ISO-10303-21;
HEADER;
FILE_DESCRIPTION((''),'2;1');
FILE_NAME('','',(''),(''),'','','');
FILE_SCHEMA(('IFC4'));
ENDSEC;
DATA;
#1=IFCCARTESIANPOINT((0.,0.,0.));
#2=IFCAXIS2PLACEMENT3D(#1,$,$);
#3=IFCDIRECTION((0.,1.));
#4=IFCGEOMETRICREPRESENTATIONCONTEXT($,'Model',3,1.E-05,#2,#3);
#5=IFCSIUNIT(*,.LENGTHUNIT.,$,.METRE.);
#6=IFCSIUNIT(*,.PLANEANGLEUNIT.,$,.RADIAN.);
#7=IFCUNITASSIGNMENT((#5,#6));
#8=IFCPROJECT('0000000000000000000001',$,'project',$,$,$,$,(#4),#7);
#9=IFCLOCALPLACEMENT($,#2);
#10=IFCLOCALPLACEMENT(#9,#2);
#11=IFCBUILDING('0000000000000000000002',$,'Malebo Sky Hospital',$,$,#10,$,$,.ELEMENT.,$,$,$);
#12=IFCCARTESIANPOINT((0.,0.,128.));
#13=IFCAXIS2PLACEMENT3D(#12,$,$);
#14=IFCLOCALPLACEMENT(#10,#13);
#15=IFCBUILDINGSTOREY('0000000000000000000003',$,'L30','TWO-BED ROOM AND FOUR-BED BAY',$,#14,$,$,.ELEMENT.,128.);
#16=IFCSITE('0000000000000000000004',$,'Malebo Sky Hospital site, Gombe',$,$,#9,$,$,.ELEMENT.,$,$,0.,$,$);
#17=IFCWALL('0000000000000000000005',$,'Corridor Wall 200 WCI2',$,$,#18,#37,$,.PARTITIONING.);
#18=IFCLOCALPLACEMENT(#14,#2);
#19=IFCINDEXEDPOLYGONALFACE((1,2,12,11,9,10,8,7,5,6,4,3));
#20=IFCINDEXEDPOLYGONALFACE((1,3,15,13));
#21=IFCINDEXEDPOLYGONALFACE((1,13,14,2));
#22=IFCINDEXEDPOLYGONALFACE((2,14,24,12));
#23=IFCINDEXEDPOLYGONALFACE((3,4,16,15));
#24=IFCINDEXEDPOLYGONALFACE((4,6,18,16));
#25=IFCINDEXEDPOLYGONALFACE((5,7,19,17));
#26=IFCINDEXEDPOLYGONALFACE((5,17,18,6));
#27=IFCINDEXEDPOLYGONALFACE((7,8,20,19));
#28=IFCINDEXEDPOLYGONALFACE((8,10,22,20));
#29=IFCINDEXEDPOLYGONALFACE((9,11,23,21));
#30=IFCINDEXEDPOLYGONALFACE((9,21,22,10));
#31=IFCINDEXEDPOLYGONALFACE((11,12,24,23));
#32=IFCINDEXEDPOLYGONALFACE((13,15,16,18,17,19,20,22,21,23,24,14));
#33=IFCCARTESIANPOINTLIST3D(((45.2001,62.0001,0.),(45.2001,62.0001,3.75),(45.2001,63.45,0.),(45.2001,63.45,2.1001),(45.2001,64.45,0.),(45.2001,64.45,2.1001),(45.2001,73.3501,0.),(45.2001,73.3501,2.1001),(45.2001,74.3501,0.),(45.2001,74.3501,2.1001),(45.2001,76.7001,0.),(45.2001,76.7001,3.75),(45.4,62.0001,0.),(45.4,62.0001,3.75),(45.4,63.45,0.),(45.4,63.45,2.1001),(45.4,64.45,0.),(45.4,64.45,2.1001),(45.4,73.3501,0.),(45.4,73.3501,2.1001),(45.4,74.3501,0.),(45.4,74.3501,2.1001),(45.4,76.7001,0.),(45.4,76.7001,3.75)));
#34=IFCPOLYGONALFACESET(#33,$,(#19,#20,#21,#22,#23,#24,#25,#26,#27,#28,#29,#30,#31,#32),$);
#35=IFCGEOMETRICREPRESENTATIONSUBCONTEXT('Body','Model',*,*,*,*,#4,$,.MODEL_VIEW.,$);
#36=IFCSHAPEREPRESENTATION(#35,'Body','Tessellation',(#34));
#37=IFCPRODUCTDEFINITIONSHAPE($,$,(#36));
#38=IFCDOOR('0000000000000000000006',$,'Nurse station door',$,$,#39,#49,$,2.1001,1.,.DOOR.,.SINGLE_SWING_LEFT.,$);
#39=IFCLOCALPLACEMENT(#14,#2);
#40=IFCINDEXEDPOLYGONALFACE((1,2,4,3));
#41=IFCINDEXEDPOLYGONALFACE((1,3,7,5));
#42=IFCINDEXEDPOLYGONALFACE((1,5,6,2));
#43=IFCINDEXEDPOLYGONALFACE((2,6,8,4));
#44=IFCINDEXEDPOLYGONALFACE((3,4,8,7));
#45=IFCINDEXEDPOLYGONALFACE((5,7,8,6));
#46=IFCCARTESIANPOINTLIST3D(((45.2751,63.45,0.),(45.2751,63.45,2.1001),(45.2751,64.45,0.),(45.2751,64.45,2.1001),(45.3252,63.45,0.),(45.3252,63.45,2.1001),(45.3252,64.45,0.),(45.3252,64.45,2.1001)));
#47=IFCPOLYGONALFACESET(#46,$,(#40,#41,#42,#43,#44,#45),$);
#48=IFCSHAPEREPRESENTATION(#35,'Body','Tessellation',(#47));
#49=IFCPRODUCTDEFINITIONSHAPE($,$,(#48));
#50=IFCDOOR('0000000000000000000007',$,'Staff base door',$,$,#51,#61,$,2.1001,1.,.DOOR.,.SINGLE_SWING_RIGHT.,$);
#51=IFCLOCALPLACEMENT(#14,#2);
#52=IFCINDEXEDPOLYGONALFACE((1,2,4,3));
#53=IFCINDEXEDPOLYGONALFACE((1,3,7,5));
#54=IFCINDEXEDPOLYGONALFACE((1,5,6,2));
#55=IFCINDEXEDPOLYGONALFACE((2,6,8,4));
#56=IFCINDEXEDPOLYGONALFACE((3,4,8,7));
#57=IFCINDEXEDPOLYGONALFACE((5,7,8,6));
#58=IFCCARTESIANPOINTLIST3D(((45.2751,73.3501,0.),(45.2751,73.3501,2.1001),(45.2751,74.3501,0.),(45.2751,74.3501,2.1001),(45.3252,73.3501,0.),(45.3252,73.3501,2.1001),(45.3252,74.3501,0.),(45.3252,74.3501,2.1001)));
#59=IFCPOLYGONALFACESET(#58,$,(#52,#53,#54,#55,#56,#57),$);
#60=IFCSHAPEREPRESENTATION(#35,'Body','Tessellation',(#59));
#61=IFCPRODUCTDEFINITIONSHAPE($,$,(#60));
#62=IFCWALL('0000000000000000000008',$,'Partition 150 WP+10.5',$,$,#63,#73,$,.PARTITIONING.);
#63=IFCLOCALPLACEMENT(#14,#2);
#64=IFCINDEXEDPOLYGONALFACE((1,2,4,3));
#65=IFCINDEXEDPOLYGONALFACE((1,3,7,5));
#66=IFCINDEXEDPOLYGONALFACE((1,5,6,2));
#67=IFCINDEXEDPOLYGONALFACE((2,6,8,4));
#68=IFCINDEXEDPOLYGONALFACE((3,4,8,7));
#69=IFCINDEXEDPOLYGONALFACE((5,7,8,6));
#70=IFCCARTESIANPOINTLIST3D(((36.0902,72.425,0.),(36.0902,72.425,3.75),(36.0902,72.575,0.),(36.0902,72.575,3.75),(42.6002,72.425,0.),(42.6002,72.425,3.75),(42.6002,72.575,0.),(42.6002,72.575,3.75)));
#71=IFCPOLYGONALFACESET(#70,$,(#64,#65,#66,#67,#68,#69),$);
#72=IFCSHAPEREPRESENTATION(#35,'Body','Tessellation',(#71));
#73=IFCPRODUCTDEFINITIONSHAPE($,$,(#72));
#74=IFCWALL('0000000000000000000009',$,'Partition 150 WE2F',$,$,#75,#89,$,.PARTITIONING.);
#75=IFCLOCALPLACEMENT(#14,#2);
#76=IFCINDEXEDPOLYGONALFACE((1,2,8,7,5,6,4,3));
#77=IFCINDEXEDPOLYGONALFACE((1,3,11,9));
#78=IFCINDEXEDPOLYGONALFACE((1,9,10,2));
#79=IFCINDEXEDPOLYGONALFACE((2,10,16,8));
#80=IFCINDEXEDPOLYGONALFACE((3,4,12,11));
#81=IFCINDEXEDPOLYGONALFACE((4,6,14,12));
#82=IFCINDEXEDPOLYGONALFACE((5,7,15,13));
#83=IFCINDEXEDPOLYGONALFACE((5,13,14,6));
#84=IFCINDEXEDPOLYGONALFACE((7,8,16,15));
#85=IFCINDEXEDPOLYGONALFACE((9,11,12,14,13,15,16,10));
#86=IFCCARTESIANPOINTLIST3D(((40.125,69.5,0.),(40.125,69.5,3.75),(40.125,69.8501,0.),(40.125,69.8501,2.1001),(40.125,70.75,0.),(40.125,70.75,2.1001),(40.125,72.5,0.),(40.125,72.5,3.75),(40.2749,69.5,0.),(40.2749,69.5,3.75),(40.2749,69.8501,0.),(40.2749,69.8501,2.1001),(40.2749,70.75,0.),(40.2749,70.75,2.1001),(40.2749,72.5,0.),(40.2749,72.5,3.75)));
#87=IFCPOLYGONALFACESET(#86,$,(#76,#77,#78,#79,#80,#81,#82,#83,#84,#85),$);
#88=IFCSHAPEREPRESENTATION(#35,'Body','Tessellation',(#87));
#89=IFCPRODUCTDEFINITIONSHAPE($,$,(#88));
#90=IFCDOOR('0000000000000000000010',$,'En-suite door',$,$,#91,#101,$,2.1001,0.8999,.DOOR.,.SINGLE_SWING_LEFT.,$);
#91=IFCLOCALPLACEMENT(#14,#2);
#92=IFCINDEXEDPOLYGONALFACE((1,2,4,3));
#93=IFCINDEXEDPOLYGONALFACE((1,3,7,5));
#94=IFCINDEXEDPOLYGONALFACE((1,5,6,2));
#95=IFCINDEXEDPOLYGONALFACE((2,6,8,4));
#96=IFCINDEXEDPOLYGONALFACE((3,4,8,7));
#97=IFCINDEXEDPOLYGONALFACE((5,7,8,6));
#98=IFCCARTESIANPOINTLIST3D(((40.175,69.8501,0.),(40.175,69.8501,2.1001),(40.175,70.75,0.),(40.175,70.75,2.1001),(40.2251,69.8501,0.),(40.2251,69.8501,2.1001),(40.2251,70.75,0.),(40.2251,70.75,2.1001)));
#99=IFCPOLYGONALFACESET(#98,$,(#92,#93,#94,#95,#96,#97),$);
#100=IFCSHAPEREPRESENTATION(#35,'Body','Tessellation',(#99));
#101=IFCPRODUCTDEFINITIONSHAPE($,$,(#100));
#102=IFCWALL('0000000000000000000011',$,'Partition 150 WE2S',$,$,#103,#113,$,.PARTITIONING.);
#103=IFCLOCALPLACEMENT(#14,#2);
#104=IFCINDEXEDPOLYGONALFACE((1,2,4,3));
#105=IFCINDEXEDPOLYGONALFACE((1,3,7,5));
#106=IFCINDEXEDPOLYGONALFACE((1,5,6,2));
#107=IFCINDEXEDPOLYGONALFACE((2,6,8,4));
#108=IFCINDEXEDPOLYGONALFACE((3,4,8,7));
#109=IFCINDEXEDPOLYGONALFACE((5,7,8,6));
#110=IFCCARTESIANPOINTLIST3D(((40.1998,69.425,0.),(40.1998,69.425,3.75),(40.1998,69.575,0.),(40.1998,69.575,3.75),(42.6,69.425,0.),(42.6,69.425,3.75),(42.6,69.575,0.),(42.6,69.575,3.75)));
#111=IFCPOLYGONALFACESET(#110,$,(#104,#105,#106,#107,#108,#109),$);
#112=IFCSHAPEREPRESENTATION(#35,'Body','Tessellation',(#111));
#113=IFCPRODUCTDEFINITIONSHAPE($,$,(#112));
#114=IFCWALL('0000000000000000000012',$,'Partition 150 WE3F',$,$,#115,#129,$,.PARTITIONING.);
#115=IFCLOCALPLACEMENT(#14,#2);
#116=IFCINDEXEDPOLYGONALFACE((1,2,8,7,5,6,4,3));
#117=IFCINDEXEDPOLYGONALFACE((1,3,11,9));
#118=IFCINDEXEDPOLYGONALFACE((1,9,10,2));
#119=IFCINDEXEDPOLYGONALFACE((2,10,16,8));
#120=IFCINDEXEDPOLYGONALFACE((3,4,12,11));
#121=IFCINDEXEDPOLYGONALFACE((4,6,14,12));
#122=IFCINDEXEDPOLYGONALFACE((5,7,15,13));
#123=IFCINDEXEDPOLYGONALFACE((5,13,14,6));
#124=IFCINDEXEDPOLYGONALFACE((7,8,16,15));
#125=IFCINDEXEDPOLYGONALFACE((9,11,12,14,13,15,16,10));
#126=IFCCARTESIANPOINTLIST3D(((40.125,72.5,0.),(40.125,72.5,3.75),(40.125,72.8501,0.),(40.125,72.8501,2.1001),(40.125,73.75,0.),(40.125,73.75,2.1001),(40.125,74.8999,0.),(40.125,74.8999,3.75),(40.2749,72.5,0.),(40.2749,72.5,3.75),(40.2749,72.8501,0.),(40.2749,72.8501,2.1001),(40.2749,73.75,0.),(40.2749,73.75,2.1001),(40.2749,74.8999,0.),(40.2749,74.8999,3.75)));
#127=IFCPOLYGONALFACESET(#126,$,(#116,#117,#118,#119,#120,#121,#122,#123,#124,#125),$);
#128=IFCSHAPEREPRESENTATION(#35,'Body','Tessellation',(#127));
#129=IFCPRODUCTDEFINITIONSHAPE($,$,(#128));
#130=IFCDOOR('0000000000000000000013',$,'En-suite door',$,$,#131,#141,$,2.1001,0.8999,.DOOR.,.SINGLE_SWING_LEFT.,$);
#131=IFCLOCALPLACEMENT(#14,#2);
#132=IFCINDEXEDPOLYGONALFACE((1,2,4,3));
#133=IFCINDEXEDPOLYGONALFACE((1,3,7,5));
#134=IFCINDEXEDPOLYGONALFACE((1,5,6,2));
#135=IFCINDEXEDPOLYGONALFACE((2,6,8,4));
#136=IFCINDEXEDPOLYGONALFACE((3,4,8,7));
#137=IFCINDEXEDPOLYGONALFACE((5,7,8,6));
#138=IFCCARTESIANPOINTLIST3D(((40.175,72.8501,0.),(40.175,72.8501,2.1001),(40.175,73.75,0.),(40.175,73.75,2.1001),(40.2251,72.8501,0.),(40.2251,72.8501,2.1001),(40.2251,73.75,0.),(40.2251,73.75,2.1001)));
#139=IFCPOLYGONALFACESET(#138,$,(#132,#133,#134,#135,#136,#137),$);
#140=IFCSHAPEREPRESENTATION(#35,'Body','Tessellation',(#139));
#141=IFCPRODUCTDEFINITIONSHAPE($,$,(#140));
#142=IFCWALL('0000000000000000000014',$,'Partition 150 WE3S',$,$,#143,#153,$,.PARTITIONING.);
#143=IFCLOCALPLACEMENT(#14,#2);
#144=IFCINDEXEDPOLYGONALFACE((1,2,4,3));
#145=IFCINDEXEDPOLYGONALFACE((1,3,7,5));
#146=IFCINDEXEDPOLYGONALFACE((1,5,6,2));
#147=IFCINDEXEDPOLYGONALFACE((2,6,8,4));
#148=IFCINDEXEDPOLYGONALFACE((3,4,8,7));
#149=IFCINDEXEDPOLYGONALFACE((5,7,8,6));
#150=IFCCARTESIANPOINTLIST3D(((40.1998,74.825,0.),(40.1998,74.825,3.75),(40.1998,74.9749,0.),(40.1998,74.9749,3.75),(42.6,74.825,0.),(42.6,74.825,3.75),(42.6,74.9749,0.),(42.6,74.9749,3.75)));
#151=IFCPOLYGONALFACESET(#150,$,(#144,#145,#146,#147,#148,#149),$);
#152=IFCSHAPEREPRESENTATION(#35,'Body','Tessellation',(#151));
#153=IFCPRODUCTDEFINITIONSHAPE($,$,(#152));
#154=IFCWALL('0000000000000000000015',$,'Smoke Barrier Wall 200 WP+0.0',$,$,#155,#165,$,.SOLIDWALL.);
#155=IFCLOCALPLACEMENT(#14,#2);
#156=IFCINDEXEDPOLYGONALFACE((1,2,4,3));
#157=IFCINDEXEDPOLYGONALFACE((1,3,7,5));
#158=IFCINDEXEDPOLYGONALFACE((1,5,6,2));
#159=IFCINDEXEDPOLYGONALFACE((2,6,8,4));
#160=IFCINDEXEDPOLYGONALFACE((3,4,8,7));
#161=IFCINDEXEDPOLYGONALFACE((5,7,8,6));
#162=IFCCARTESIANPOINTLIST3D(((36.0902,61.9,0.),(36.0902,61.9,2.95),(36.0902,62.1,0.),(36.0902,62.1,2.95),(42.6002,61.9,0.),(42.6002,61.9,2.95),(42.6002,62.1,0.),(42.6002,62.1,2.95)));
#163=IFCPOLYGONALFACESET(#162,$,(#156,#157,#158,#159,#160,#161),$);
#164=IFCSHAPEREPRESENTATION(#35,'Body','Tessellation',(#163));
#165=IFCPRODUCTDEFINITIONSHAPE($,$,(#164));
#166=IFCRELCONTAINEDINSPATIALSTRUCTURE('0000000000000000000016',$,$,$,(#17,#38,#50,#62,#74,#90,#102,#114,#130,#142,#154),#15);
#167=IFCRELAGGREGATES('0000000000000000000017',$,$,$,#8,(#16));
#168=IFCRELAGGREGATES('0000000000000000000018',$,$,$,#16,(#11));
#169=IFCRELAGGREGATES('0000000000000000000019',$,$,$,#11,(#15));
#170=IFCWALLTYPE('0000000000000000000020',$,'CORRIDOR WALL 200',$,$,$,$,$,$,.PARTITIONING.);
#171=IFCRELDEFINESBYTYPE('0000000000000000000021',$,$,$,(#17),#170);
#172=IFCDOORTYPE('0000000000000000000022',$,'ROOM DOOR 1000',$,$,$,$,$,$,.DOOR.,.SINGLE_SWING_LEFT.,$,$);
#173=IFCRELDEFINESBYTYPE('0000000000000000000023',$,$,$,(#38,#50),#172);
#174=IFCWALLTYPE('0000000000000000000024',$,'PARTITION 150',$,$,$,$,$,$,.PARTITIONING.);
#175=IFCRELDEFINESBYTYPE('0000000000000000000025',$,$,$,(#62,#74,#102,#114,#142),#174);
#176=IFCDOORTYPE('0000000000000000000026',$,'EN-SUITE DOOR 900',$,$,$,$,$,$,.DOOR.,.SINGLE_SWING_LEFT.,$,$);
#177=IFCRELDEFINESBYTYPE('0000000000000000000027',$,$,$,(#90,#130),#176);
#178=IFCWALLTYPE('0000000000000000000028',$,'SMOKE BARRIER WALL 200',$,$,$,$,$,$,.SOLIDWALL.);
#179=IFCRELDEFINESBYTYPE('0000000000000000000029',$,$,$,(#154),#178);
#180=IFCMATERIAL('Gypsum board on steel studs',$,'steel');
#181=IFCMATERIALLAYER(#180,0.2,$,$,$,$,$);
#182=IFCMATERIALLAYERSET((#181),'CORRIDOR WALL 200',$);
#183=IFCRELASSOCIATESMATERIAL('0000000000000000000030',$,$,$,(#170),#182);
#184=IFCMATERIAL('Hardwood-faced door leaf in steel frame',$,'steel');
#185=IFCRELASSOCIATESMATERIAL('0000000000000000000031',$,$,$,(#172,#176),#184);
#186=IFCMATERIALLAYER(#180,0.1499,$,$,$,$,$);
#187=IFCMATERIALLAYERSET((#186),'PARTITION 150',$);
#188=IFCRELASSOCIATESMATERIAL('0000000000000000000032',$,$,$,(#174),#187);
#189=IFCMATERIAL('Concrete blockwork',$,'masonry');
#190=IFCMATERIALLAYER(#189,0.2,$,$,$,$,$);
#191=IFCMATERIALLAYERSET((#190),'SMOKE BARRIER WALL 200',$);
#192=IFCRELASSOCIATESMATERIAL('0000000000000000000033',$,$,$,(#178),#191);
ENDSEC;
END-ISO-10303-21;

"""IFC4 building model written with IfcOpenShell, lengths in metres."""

from ifc_helpers import new_model, si_unit, direction, frame, frame_2d, origin, place, context, subcontext, project, spatial, rectangle, extrude, material, layer, layer_set, type_object, element, fill, save


model = new_model("IFC4")

# Units and contexts
model_context = context("Model", 3, precision=1e-05, world=origin(), true_north=direction((0.0, 1.0)))
body_context = subcontext(model_context, "Body", "Model", "MODEL_VIEW")
ifc_project = project(units=[si_unit("LENGTHUNIT", "METRE"), si_unit("PLANEANGLEUNIT", "RADIAN")], contexts=[model_context])

# Site, building, storey
site_placement = place(None, origin())
site = spatial("IfcSite", under=ifc_project, at=site_placement, Name="Malebo Sky Hospital site, Gombe", CompositionType="ELEMENT", RefElevation=0.0)
building_placement = place(site_placement, origin())
building = spatial("IfcBuilding", under=site, at=building_placement, Name="Malebo Sky Hospital", CompositionType="ELEMENT")
storey_placement = place(building_placement, frame((0.0, 0.0, 128.0)))
storey = spatial("IfcBuildingStorey", under=building, at=storey_placement, Name="L30", Description="TWO-BED ROOM AND FOUR-BED BAY", CompositionType="ELEMENT", Elevation=128.0)

# Wall, openings, doors
ifc_material_1 = material(Name="Gypsum board on steel studs", Category="steel")
ifc_layer_1 = layer(ifc_material_1, 0.2)
ifc_layer_set_1 = layer_set([ifc_layer_1], Name="CORRIDOR WALL 200")
wall_type_1 = type_object("IfcWallType", Name="CORRIDOR WALL 200", PredefinedType="PARTITIONING", material=ifc_layer_set_1)
wall_1_placement = place(storey_placement, frame((45.3, 62.0, 0.0), z_axis=(0.0, 0.0, 1.0), x_axis=(0.0, 1.0, 0.0)))
wall_1 = element("IfcWall", 1, at=wall_1_placement, inside=storey, type_object=wall_type_1, Name="Corridor Wall 200 WCI2", PredefinedType="PARTITIONING", context=body_context, shape_type="SweptSolid", body=[
    extrude(rectangle(XDim=14.7, YDim=0.2, at=frame_2d((7.3501, 0.0))), origin(), (0.0, 0.0, 1.0), 3.75),
])
opening_1_placement = place(wall_1_placement, frame((1.45, 0.0, 0.0)))
opening_1 = element("IfcOpeningElement", 2, at=opening_1_placement, cuts=wall_1, PredefinedType="OPENING", context=body_context, shape_type="SweptSolid", body=[
    extrude(rectangle(XDim=1.0, YDim=2.1001, at=frame_2d((0.5, 1.05))), frame((0.0, 0.1099, 0.0), z_axis=(0.0, -1.0, 0.0), x_axis=(1.0, 0.0, 0.0)), (0.0, 0.0, 1.0), 0.22),
])
opening_2_placement = place(wall_1_placement, frame((11.3501, 0.0, 0.0)))
opening_2 = element("IfcOpeningElement", 3, at=opening_2_placement, cuts=wall_1, PredefinedType="OPENING", context=body_context, shape_type="SweptSolid", body=[
    extrude(rectangle(XDim=1.0, YDim=2.1001, at=frame_2d((0.5, 1.05))), frame((0.0, 0.1099, 0.0), z_axis=(0.0, -1.0, 0.0), x_axis=(1.0, 0.0, 0.0)), (0.0, 0.0, 1.0), 0.22),
])
ifc_material_2 = material(Name="Hardwood-faced door leaf in steel frame", Category="steel")
door_type_1 = type_object("IfcDoorType", Name="ROOM DOOR 1000", OperationType="SINGLE_SWING_LEFT", PredefinedType="DOOR", material=ifc_material_2)
door_1_placement = place(opening_1_placement, origin())
door_1 = element("IfcDoor", 4, at=door_1_placement, inside=storey, type_object=door_type_1, Name="Nurse station door", OperationType="SINGLE_SWING_LEFT", OverallHeight=2.1001, OverallWidth=1.0, PredefinedType="DOOR", context=body_context, shape_type="SweptSolid", body=[
    extrude(rectangle(XDim=1.0, YDim=2.1001, at=frame_2d((0.5, 1.05))), frame((0.0, 0.0249, 0.0), z_axis=(0.0, -1.0, 0.0), x_axis=(1.0, 0.0, 0.0)), (0.0, 0.0, 1.0), 0.05),
])
fill(opening_1, door_1)
door_2_placement = place(opening_2_placement, origin())
door_2 = element("IfcDoor", 5, at=door_2_placement, inside=storey, type_object=door_type_1, Name="Staff base door", OperationType="SINGLE_SWING_RIGHT", OverallHeight=2.1001, OverallWidth=1.0, PredefinedType="DOOR", context=body_context, shape_type="SweptSolid", body=[
    extrude(rectangle(XDim=1.0, YDim=2.1001, at=frame_2d((0.5, 1.05))), frame((0.0, 0.0249, 0.0), z_axis=(0.0, -1.0, 0.0), x_axis=(1.0, 0.0, 0.0)), (0.0, 0.0, 1.0), 0.05),
])
fill(opening_2, door_2)

# Wall
ifc_layer_2 = layer(ifc_material_1, 0.1499)
ifc_layer_set_2 = layer_set([ifc_layer_2], Name="PARTITION 150")
wall_type_2 = type_object("IfcWallType", Name="PARTITION 150", PredefinedType="PARTITIONING", material=ifc_layer_set_2)
wall_2_placement = place(storey_placement, frame((42.6001, 72.5, 0.0), z_axis=(0.0, 0.0, 1.0), x_axis=(-1.0, 0.0, 0.0)))
element("IfcWall", 6, at=wall_2_placement, inside=storey, type_object=wall_type_2, Name="Partition 150 WP+10.5", PredefinedType="PARTITIONING", context=body_context, shape_type="SweptSolid", body=[
    extrude(rectangle(XDim=6.51, YDim=0.1499, at=frame_2d((3.2549, 0.0))), origin(), (0.0, 0.0, 1.0), 3.75),
])

# Wall, opening, door
wall_3_placement = place(storey_placement, frame((40.2, 69.5, 0.0), z_axis=(0.0, 0.0, 1.0), x_axis=(0.0, 1.0, 0.0)))
wall_3 = element("IfcWall", 7, at=wall_3_placement, inside=storey, type_object=wall_type_2, Name="Partition 150 WE2F", PredefinedType="PARTITIONING", context=body_context, shape_type="SweptSolid", body=[
    extrude(rectangle(XDim=3.0, YDim=0.1499, at=frame_2d((1.5, 0.0))), origin(), (0.0, 0.0, 1.0), 3.75),
])
opening_3_placement = place(wall_3_placement, frame((0.3501, 0.0, 0.0)))
opening_3 = element("IfcOpeningElement", 8, at=opening_3_placement, cuts=wall_3, PredefinedType="OPENING", context=body_context, shape_type="SweptSolid", body=[
    extrude(rectangle(XDim=0.8999, YDim=2.1001, at=frame_2d((0.45, 1.05))), frame((0.0, 0.085, 0.0), z_axis=(0.0, -1.0, 0.0), x_axis=(1.0, 0.0, 0.0)), (0.0, 0.0, 1.0), 0.1699),
])
door_type_2 = type_object("IfcDoorType", Name="EN-SUITE DOOR 900", OperationType="SINGLE_SWING_LEFT", PredefinedType="DOOR", material=ifc_material_2)
door_3_placement = place(opening_3_placement, origin())
door_3 = element("IfcDoor", 9, at=door_3_placement, inside=storey, type_object=door_type_2, Name="En-suite door", OperationType="SINGLE_SWING_LEFT", OverallHeight=2.1001, OverallWidth=0.8999, PredefinedType="DOOR", context=body_context, shape_type="SweptSolid", body=[
    extrude(rectangle(XDim=0.8999, YDim=2.1001, at=frame_2d((0.45, 1.05))), frame((0.0, 0.0249, 0.0), z_axis=(0.0, -1.0, 0.0), x_axis=(1.0, 0.0, 0.0)), (0.0, 0.0, 1.0), 0.05),
])
fill(opening_3, door_3)

# Wall
wall_4_placement = place(storey_placement, frame((42.6001, 69.5, 0.0), z_axis=(0.0, 0.0, 1.0), x_axis=(-1.0, 0.0, 0.0)))
element("IfcWall", 10, at=wall_4_placement, inside=storey, type_object=wall_type_2, Name="Partition 150 WE2S", PredefinedType="PARTITIONING", context=body_context, shape_type="SweptSolid", body=[
    extrude(rectangle(XDim=2.4001, YDim=0.1499, at=frame_2d((1.2002, 0.0))), origin(), (0.0, 0.0, 1.0), 3.75),
])

# Wall, opening, door
wall_5_placement = place(storey_placement, frame((40.2, 72.5, 0.0), z_axis=(0.0, 0.0, 1.0), x_axis=(0.0, 1.0, 0.0)))
wall_5 = element("IfcWall", 11, at=wall_5_placement, inside=storey, type_object=wall_type_2, Name="Partition 150 WE3F", PredefinedType="PARTITIONING", context=body_context, shape_type="SweptSolid", body=[
    extrude(rectangle(XDim=2.3999, YDim=0.1499, at=frame_2d((1.2, 0.0))), origin(), (0.0, 0.0, 1.0), 3.75),
])
opening_4_placement = place(wall_5_placement, frame((0.3501, 0.0, 0.0)))
opening_4 = element("IfcOpeningElement", 12, at=opening_4_placement, cuts=wall_5, PredefinedType="OPENING", context=body_context, shape_type="SweptSolid", body=[
    extrude(rectangle(XDim=0.8999, YDim=2.1001, at=frame_2d((0.45, 1.05))), frame((0.0, 0.085, 0.0), z_axis=(0.0, -1.0, 0.0), x_axis=(1.0, 0.0, 0.0)), (0.0, 0.0, 1.0), 0.1699),
])
door_4_placement = place(opening_4_placement, origin())
door_4 = element("IfcDoor", 13, at=door_4_placement, inside=storey, type_object=door_type_2, Name="En-suite door", OperationType="SINGLE_SWING_LEFT", OverallHeight=2.1001, OverallWidth=0.8999, PredefinedType="DOOR", context=body_context, shape_type="SweptSolid", body=[
    extrude(rectangle(XDim=0.8999, YDim=2.1001, at=frame_2d((0.45, 1.05))), frame((0.0, 0.0249, 0.0), z_axis=(0.0, -1.0, 0.0), x_axis=(1.0, 0.0, 0.0)), (0.0, 0.0, 1.0), 0.05),
])
fill(opening_4, door_4)

# Walls
wall_6_placement = place(storey_placement, frame((42.6001, 74.8999, 0.0), z_axis=(0.0, 0.0, 1.0), x_axis=(-1.0, 0.0, 0.0)))
element("IfcWall", 14, at=wall_6_placement, inside=storey, type_object=wall_type_2, Name="Partition 150 WE3S", PredefinedType="PARTITIONING", context=body_context, shape_type="SweptSolid", body=[
    extrude(rectangle(XDim=2.4001, YDim=0.1499, at=frame_2d((1.2002, 0.0))), origin(), (0.0, 0.0, 1.0), 3.75),
])
ifc_material_3 = material(Name="Concrete blockwork", Category="masonry")
ifc_layer_3 = layer(ifc_material_3, 0.2)
ifc_layer_set_3 = layer_set([ifc_layer_3], Name="SMOKE BARRIER WALL 200")
wall_type_3 = type_object("IfcWallType", Name="SMOKE BARRIER WALL 200", PredefinedType="SOLIDWALL", material=ifc_layer_set_3)
wall_7_placement = place(storey_placement, frame((42.6001, 62.0, 0.0), z_axis=(0.0, 0.0, 1.0), x_axis=(-1.0, 0.0, 0.0)))
element("IfcWall", 15, at=wall_7_placement, inside=storey, type_object=wall_type_3, Name="Smoke Barrier Wall 200 WP+0.0", PredefinedType="SOLIDWALL", context=body_context, shape_type="SweptSolid", body=[
    extrude(rectangle(XDim=6.51, YDim=0.2, at=frame_2d((3.2549, 0.0))), origin(), (0.0, 0.0, 1.0), 2.95),
])

save(model, "model.ifc")
